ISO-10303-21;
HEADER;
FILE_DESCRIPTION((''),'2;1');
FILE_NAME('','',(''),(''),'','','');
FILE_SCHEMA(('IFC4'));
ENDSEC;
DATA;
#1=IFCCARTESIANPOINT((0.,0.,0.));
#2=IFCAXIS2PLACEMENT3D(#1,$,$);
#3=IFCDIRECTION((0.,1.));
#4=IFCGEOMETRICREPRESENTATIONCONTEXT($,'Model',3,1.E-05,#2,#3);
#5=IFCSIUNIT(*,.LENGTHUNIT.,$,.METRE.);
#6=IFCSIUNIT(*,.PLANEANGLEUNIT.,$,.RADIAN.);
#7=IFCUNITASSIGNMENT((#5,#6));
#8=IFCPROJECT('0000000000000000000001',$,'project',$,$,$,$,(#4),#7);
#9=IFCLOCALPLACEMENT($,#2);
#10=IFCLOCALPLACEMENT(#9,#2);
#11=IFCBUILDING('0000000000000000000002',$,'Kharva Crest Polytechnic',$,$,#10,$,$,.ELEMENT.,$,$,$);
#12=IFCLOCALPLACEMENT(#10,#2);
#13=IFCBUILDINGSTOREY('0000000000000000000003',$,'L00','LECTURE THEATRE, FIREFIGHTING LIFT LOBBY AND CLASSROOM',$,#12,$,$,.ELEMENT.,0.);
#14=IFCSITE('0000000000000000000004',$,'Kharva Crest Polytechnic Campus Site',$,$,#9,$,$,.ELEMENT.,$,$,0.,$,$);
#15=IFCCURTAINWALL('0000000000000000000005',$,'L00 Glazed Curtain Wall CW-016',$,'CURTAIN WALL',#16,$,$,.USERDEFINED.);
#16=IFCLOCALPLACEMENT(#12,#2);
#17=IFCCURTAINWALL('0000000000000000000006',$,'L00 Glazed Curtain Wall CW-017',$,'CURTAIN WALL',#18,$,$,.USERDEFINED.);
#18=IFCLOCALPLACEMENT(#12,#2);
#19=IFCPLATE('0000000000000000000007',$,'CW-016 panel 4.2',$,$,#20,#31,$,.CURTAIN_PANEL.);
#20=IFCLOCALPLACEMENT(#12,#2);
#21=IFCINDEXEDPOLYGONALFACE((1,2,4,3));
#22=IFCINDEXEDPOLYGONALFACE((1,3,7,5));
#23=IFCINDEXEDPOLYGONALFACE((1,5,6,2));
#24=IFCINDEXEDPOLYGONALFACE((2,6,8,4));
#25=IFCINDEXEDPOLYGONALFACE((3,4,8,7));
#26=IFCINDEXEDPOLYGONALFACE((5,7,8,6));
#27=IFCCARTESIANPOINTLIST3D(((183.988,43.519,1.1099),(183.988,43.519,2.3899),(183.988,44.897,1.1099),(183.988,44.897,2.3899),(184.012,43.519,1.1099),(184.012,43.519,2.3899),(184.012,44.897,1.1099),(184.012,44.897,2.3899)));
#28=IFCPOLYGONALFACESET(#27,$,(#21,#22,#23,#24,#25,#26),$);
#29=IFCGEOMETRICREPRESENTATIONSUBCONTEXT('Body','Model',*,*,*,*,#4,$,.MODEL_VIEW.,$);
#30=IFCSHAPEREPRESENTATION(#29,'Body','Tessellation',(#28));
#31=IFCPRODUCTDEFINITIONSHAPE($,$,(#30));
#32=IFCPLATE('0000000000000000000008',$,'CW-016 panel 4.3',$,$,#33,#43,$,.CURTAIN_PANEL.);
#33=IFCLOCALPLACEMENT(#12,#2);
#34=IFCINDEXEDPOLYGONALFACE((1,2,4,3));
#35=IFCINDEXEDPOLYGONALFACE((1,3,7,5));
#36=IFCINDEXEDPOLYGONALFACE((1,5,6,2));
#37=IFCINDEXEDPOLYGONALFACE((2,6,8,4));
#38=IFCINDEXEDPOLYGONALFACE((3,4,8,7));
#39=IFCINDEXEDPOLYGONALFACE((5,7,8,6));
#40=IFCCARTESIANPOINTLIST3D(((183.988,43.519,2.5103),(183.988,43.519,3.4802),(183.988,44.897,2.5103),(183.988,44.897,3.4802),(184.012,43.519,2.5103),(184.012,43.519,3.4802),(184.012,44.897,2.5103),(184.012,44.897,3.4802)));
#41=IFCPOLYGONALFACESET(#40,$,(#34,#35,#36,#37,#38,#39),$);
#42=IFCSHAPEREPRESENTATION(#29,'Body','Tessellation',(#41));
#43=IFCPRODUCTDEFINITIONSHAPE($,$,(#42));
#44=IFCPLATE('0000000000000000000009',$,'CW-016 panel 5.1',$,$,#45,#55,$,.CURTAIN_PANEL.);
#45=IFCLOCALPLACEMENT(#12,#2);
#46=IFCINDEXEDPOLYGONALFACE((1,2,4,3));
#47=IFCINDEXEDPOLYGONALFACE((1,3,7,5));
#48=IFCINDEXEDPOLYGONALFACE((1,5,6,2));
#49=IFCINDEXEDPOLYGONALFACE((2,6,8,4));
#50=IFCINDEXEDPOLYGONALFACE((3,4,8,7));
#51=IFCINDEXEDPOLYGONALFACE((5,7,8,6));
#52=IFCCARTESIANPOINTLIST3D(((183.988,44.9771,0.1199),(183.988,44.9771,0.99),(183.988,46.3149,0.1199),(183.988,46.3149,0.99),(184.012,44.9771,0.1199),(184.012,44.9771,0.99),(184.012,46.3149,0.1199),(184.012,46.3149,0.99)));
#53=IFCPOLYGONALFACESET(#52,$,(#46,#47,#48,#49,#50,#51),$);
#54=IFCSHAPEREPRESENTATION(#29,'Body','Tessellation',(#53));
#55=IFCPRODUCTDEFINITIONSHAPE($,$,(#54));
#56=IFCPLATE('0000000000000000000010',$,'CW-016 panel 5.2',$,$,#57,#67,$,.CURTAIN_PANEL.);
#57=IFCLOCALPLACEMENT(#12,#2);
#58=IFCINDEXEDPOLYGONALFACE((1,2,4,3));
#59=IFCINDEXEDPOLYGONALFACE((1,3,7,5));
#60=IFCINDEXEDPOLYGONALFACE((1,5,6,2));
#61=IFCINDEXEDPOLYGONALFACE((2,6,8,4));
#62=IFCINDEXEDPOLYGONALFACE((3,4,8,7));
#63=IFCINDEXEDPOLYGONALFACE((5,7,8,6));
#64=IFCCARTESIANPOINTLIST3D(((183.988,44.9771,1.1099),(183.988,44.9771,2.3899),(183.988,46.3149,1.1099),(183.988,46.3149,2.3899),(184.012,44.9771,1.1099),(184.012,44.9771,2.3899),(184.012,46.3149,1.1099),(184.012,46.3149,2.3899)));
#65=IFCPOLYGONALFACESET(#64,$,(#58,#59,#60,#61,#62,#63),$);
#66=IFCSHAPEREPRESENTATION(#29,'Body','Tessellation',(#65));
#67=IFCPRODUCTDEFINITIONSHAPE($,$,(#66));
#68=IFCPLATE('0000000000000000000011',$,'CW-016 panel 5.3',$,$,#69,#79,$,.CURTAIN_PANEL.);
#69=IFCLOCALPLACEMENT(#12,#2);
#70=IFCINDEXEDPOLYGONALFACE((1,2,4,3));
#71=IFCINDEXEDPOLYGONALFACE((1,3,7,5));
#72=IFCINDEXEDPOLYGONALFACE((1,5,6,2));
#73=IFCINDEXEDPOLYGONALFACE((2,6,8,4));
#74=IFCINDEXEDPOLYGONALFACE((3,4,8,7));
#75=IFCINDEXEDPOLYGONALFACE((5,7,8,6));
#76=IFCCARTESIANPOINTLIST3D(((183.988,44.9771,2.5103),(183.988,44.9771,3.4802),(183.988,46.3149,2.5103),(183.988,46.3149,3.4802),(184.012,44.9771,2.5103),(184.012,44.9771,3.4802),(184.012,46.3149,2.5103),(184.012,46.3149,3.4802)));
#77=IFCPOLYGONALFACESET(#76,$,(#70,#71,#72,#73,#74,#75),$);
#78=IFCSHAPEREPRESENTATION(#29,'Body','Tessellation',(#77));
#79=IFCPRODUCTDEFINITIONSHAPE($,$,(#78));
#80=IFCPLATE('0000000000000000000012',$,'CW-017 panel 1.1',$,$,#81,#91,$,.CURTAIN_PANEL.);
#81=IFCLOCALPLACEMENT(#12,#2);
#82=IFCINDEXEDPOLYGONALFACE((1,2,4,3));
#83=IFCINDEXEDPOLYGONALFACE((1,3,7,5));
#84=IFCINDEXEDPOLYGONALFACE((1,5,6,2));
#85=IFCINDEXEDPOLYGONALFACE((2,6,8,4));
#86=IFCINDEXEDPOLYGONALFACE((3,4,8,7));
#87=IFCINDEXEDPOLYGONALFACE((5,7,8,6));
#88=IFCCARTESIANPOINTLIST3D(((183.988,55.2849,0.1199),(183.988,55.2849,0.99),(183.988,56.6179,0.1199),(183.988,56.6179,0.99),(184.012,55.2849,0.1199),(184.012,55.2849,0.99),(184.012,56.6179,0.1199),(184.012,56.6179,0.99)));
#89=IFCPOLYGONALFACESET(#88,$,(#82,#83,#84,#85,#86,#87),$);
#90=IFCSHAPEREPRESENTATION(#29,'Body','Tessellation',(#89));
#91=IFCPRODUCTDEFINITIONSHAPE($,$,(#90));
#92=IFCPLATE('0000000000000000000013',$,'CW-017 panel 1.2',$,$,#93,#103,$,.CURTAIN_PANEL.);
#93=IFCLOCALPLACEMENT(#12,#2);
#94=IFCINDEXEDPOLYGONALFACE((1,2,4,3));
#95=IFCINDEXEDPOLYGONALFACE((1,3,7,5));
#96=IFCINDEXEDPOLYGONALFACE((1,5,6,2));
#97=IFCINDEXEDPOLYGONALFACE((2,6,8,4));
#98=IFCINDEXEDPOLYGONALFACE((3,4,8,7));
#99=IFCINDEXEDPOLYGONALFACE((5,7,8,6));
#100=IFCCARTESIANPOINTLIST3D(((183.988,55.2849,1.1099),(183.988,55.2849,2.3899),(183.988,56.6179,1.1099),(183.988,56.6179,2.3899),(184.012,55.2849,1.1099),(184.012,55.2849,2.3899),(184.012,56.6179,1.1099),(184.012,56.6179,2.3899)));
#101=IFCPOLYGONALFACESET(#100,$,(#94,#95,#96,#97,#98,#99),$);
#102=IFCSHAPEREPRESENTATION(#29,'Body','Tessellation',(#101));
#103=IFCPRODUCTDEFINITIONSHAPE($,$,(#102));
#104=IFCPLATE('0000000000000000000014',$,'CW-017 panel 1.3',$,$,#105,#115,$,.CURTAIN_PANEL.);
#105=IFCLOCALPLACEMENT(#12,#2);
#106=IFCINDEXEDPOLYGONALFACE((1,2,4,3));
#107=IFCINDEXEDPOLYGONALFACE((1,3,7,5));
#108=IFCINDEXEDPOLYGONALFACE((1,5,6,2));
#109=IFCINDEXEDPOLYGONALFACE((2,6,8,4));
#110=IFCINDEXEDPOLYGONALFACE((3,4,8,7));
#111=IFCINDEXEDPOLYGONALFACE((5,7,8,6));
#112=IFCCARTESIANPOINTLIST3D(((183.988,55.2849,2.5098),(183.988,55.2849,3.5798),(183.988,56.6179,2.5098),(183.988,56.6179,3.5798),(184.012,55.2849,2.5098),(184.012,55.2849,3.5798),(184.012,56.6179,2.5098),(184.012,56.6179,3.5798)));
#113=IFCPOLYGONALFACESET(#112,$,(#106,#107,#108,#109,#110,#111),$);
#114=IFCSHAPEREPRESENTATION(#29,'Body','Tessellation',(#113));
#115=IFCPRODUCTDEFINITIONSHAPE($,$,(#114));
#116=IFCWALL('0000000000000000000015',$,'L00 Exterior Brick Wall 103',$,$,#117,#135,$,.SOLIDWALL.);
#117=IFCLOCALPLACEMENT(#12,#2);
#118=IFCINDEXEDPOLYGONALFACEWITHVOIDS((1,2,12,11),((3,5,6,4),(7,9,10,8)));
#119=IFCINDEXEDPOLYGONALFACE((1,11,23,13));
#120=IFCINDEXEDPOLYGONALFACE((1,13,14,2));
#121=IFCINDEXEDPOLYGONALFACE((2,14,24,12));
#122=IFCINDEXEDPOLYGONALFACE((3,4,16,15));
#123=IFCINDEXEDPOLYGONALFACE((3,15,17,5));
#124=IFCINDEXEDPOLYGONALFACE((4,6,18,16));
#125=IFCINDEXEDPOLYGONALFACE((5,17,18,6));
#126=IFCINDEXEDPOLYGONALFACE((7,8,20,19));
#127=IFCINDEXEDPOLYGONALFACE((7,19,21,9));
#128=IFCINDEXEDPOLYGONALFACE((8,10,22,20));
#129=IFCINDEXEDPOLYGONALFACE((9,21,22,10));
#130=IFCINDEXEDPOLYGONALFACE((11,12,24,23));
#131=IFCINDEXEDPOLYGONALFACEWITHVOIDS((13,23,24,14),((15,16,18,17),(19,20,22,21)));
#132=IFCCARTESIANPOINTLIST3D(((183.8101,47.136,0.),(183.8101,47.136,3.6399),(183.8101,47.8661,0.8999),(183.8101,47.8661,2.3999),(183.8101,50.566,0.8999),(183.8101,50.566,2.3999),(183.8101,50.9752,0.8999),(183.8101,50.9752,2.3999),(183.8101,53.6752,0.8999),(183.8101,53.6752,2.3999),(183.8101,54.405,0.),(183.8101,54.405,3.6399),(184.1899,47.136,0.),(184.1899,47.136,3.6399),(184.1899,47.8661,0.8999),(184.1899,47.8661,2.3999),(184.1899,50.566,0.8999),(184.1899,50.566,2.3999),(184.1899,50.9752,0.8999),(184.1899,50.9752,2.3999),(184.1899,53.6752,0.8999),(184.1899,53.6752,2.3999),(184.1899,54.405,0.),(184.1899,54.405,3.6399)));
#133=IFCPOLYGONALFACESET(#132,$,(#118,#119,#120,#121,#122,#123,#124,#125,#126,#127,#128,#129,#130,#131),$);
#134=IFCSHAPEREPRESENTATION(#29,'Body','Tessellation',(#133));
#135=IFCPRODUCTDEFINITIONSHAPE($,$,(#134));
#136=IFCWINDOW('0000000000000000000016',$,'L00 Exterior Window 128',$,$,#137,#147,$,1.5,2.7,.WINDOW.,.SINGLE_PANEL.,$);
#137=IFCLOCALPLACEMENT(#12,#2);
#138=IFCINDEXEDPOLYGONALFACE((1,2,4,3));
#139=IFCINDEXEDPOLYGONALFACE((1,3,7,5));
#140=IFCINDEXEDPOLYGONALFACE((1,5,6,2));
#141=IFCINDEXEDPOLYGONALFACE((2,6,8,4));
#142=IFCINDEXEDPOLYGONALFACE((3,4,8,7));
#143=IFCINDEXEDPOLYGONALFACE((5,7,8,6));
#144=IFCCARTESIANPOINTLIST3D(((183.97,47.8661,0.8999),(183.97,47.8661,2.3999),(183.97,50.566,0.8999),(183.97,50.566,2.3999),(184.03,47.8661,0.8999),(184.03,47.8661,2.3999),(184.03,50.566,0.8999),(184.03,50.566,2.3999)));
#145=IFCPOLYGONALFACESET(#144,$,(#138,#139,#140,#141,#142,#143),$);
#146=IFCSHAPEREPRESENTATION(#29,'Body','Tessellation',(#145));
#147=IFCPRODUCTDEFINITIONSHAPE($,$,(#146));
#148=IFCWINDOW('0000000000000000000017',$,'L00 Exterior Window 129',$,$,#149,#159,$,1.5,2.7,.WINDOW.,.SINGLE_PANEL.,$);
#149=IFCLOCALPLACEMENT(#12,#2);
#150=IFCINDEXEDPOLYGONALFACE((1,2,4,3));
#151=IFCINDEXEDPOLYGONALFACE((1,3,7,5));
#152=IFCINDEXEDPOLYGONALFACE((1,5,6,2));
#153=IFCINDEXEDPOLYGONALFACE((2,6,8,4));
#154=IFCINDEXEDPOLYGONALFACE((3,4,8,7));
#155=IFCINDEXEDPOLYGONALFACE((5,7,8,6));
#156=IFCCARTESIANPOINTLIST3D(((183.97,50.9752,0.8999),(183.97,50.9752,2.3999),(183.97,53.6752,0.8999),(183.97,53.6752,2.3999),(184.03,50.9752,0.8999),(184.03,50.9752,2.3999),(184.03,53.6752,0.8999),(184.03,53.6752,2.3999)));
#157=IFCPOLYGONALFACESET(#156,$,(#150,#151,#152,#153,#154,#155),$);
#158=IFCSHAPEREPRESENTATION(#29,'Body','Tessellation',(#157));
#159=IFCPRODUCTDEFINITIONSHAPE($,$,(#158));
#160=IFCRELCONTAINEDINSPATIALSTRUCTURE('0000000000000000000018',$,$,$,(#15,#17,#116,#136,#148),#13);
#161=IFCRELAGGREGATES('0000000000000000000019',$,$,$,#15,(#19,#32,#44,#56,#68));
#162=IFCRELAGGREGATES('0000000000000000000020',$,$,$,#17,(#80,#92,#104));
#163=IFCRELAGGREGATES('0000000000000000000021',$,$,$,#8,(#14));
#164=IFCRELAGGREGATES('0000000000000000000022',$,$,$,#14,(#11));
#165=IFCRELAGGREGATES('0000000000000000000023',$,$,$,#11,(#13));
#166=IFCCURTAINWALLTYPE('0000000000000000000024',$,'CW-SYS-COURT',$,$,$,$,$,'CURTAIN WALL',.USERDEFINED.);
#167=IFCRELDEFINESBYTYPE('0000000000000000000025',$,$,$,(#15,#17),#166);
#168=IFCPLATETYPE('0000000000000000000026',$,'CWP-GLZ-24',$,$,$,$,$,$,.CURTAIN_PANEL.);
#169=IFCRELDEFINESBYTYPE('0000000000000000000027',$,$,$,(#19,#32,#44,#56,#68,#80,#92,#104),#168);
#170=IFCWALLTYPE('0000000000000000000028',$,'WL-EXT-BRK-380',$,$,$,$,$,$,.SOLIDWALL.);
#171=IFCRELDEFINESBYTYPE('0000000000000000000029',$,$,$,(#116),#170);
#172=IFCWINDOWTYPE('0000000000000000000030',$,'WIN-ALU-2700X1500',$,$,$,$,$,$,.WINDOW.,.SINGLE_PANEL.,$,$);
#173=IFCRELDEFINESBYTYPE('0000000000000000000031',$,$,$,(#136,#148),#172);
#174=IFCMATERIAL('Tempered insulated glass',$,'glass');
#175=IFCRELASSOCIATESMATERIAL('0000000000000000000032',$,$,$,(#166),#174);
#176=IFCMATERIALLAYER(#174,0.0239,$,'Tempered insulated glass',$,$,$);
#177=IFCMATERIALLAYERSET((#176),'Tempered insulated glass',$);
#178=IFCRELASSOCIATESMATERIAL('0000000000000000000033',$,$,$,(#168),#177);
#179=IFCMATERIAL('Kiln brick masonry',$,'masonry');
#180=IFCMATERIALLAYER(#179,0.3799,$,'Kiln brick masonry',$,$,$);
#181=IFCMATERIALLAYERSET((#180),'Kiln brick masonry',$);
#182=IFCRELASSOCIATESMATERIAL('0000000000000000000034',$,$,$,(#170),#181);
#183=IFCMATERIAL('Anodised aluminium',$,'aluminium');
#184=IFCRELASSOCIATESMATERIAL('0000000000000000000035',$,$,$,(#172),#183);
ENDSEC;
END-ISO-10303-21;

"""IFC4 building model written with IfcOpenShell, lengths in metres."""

from ifc_helpers import new_model, si_unit, direction, frame, frame_2d, origin, origin_2d, place, context, subcontext, project, spatial, rectangle, extrude, material, layer, layer_set, type_object, element, fill, aggregate, save


model = new_model("IFC4")

# Units and contexts
model_context = context("Model", 3, precision=1e-05, world=origin(), true_north=direction((0.0, 1.0)))
body_context = subcontext(model_context, "Body", "Model", "MODEL_VIEW")
ifc_project = project(units=[si_unit("LENGTHUNIT", "METRE"), si_unit("PLANEANGLEUNIT", "RADIAN")], contexts=[model_context])

# Site, building, storey
site_placement = place(None, origin())
site = spatial("IfcSite", under=ifc_project, at=site_placement, Name="Kharva Crest Polytechnic Campus Site", CompositionType="ELEMENT", RefElevation=0.0)
building_placement = place(site_placement, origin())
building = spatial("IfcBuilding", under=site, at=building_placement, Name="Kharva Crest Polytechnic", CompositionType="ELEMENT")
storey_placement = place(building_placement, origin())
storey = spatial("IfcBuildingStorey", under=building, at=storey_placement, Name="L00", Description="LECTURE THEATRE, FIREFIGHTING LIFT LOBBY AND CLASSROOM", CompositionType="ELEMENT", Elevation=0.0)

# Curtain wall
ifc_material_1 = material(Name="Tempered insulated glass", Category="glass")
curtain_wall_type = type_object("IfcCurtainWallType", Name="CW-SYS-COURT", ElementType="CURTAIN WALL", PredefinedType="USERDEFINED", material=ifc_material_1)
curtain_wall_1_placement = place(storey_placement, origin())
curtain_wall_1 = element("IfcCurtainWall", 1, at=curtain_wall_1_placement, inside=storey, type_object=curtain_wall_type, Name="L00 Glazed Curtain Wall CW-016", ObjectType="CURTAIN WALL", PredefinedType="USERDEFINED")

# Curtain wall
curtain_wall_2_placement = place(storey_placement, origin())
curtain_wall_2 = element("IfcCurtainWall", 2, at=curtain_wall_2_placement, inside=storey, type_object=curtain_wall_type, Name="L00 Glazed Curtain Wall CW-017", ObjectType="CURTAIN WALL", PredefinedType="USERDEFINED")

# Plates
ifc_layer_1 = layer(ifc_material_1, 0.0239, Name="Tempered insulated glass")
ifc_layer_set_1 = layer_set([ifc_layer_1], Name="Tempered insulated glass")
plate_type = type_object("IfcPlateType", Name="CWP-GLZ-24", PredefinedType="CURTAIN_PANEL", material=ifc_layer_set_1)
plate_1_placement = place(storey_placement, frame((184.0, 44.208, 1.1099), z_axis=(0.0, 0.0, 1.0), x_axis=(0.0, 1.0, 0.0)))
plate_1 = element("IfcPlate", 3, at=plate_1_placement, type_object=plate_type, Name="CW-016 panel 4.2", PredefinedType="CURTAIN_PANEL", context=body_context, shape_type="SweptSolid", body=[
    extrude(rectangle(XDim=1.3779, YDim=0.0239, at=origin_2d()), origin(), (0.0, 0.0, 1.0), 1.28),
])
plate_2_placement = place(storey_placement, frame((184.0, 44.208, 2.5103), z_axis=(0.0, 0.0, 1.0), x_axis=(0.0, 1.0, 0.0)))
plate_2 = element("IfcPlate", 4, at=plate_2_placement, type_object=plate_type, Name="CW-016 panel 4.3", PredefinedType="CURTAIN_PANEL", context=body_context, shape_type="SweptSolid", body=[
    extrude(rectangle(XDim=1.3779, YDim=0.0239, at=origin_2d()), origin(), (0.0, 0.0, 1.0), 0.97),
])
plate_3_placement = place(storey_placement, frame((184.0, 45.646, 0.1199), z_axis=(0.0, 0.0, 1.0), x_axis=(0.0, 1.0, 0.0)))
plate_3 = element("IfcPlate", 5, at=plate_3_placement, type_object=plate_type, Name="CW-016 panel 5.1", PredefinedType="CURTAIN_PANEL", context=body_context, shape_type="SweptSolid", body=[
    extrude(rectangle(XDim=1.3379, YDim=0.0239, at=origin_2d()), origin(), (0.0, 0.0, 1.0), 0.8701),
])
plate_4_placement = place(storey_placement, frame((184.0, 45.646, 1.1099), z_axis=(0.0, 0.0, 1.0), x_axis=(0.0, 1.0, 0.0)))
plate_4 = element("IfcPlate", 6, at=plate_4_placement, type_object=plate_type, Name="CW-016 panel 5.2", PredefinedType="CURTAIN_PANEL", context=body_context, shape_type="SweptSolid", body=[
    extrude(rectangle(XDim=1.3379, YDim=0.0239, at=origin_2d()), origin(), (0.0, 0.0, 1.0), 1.28),
])
plate_5_placement = place(storey_placement, frame((184.0, 45.646, 2.5103), z_axis=(0.0, 0.0, 1.0), x_axis=(0.0, 1.0, 0.0)))
plate_5 = element("IfcPlate", 7, at=plate_5_placement, type_object=plate_type, Name="CW-016 panel 5.3", PredefinedType="CURTAIN_PANEL", context=body_context, shape_type="SweptSolid", body=[
    extrude(rectangle(XDim=1.3379, YDim=0.0239, at=origin_2d()), origin(), (0.0, 0.0, 1.0), 0.97),
])
aggregate(curtain_wall_1, [plate_1, plate_2, plate_3, plate_4, plate_5])
plate_6_placement = place(storey_placement, frame((184.0, 55.9514, 0.1199), z_axis=(0.0, 0.0, 1.0), x_axis=(0.0, 1.0, 0.0)))
plate_6 = element("IfcPlate", 8, at=plate_6_placement, type_object=plate_type, Name="CW-017 panel 1.1", PredefinedType="CURTAIN_PANEL", context=body_context, shape_type="SweptSolid", body=[
    extrude(rectangle(XDim=1.333, YDim=0.0239, at=origin_2d()), origin(), (0.0, 0.0, 1.0), 0.8701),
])
plate_7_placement = place(storey_placement, frame((184.0, 55.9514, 1.1099), z_axis=(0.0, 0.0, 1.0), x_axis=(0.0, 1.0, 0.0)))
plate_7 = element("IfcPlate", 9, at=plate_7_placement, type_object=plate_type, Name="CW-017 panel 1.2", PredefinedType="CURTAIN_PANEL", context=body_context, shape_type="SweptSolid", body=[
    extrude(rectangle(XDim=1.333, YDim=0.0239, at=origin_2d()), origin(), (0.0, 0.0, 1.0), 1.28),
])
plate_8_placement = place(storey_placement, frame((184.0, 55.9514, 2.5098), z_axis=(0.0, 0.0, 1.0), x_axis=(0.0, 1.0, 0.0)))
plate_8 = element("IfcPlate", 10, at=plate_8_placement, type_object=plate_type, Name="CW-017 panel 1.3", PredefinedType="CURTAIN_PANEL", context=body_context, shape_type="SweptSolid", body=[
    extrude(rectangle(XDim=1.333, YDim=0.0239, at=origin_2d()), origin(), (0.0, 0.0, 1.0), 1.0701),
])
aggregate(curtain_wall_2, [plate_6, plate_7, plate_8])

# Wall, openings, windows
ifc_material_2 = material(Name="Kiln brick masonry", Category="masonry")
ifc_layer_2 = layer(ifc_material_2, 0.3799, Name="Kiln brick masonry")
ifc_layer_set_2 = layer_set([ifc_layer_2], Name="Kiln brick masonry")
wall_type = type_object("IfcWallType", Name="WL-EXT-BRK-380", PredefinedType="SOLIDWALL", material=ifc_layer_set_2)
wall_placement = place(storey_placement, frame((184.0, 47.136, 0.0), z_axis=(0.0, 0.0, 1.0), x_axis=(0.0, 1.0, 0.0)))
wall = element("IfcWall", 11, at=wall_placement, inside=storey, type_object=wall_type, Name="L00 Exterior Brick Wall 103", PredefinedType="SOLIDWALL", context=body_context, shape_type="SweptSolid", body=[
    extrude(rectangle(XDim=7.269, YDim=0.3799, at=frame_2d((3.6345, 0.0))), origin(), (0.0, 0.0, 1.0), 3.6399),
])
opening_1_placement = place(wall_placement, frame((0.73, 0.0, 0.8999)))
opening_1 = element("IfcOpeningElement", 12, at=opening_1_placement, cuts=wall, PredefinedType="OPENING", context=body_context, shape_type="SweptSolid", body=[
    extrude(rectangle(XDim=2.7, YDim=1.5, at=frame_2d((1.3501, 0.75))), frame((0.0, 0.2, 0.0), z_axis=(0.0, -1.0, 0.0), x_axis=(1.0, 0.0, 0.0)), (0.0, 0.0, 1.0), 0.3999),
])
opening_2_placement = place(wall_placement, frame((3.8391, 0.0, 0.8999)))
opening_2 = element("IfcOpeningElement", 13, at=opening_2_placement, cuts=wall, PredefinedType="OPENING", context=body_context, shape_type="SweptSolid", body=[
    extrude(rectangle(XDim=2.7, YDim=1.5, at=frame_2d((1.3501, 0.75))), frame((0.0, 0.2, 0.0), z_axis=(0.0, -1.0, 0.0), x_axis=(1.0, 0.0, 0.0)), (0.0, 0.0, 1.0), 0.3999),
])
ifc_material_3 = material(Name="Anodised aluminium", Category="aluminium")
window_type = type_object("IfcWindowType", Name="WIN-ALU-2700X1500", PartitioningType="SINGLE_PANEL", PredefinedType="WINDOW", material=ifc_material_3)
window_1_placement = place(opening_1_placement, origin())
window_1 = element("IfcWindow", 14, at=window_1_placement, inside=storey, type_object=window_type, Name="L00 Exterior Window 128", OverallHeight=1.5, OverallWidth=2.7, PartitioningType="SINGLE_PANEL", PredefinedType="WINDOW", context=body_context, shape_type="SweptSolid", body=[
    extrude(rectangle(XDim=2.7, YDim=1.5, at=frame_2d((1.3501, 0.75))), frame((0.0, 0.03, 0.0), z_axis=(0.0, -1.0, 0.0), x_axis=(1.0, 0.0, 0.0)), (0.0, 0.0, 1.0), 0.0601),
])
fill(opening_1, window_1)
window_2_placement = place(opening_2_placement, origin())
window_2 = element("IfcWindow", 15, at=window_2_placement, inside=storey, type_object=window_type, Name="L00 Exterior Window 129", OverallHeight=1.5, OverallWidth=2.7, PartitioningType="SINGLE_PANEL", PredefinedType="WINDOW", context=body_context, shape_type="SweptSolid", body=[
    extrude(rectangle(XDim=2.7, YDim=1.5, at=frame_2d((1.3501, 0.75))), frame((0.0, 0.03, 0.0), z_axis=(0.0, -1.0, 0.0), x_axis=(1.0, 0.0, 0.0)), (0.0, 0.0, 1.0), 0.0601),
])
fill(opening_2, window_2)

save(model, "model.ifc")
